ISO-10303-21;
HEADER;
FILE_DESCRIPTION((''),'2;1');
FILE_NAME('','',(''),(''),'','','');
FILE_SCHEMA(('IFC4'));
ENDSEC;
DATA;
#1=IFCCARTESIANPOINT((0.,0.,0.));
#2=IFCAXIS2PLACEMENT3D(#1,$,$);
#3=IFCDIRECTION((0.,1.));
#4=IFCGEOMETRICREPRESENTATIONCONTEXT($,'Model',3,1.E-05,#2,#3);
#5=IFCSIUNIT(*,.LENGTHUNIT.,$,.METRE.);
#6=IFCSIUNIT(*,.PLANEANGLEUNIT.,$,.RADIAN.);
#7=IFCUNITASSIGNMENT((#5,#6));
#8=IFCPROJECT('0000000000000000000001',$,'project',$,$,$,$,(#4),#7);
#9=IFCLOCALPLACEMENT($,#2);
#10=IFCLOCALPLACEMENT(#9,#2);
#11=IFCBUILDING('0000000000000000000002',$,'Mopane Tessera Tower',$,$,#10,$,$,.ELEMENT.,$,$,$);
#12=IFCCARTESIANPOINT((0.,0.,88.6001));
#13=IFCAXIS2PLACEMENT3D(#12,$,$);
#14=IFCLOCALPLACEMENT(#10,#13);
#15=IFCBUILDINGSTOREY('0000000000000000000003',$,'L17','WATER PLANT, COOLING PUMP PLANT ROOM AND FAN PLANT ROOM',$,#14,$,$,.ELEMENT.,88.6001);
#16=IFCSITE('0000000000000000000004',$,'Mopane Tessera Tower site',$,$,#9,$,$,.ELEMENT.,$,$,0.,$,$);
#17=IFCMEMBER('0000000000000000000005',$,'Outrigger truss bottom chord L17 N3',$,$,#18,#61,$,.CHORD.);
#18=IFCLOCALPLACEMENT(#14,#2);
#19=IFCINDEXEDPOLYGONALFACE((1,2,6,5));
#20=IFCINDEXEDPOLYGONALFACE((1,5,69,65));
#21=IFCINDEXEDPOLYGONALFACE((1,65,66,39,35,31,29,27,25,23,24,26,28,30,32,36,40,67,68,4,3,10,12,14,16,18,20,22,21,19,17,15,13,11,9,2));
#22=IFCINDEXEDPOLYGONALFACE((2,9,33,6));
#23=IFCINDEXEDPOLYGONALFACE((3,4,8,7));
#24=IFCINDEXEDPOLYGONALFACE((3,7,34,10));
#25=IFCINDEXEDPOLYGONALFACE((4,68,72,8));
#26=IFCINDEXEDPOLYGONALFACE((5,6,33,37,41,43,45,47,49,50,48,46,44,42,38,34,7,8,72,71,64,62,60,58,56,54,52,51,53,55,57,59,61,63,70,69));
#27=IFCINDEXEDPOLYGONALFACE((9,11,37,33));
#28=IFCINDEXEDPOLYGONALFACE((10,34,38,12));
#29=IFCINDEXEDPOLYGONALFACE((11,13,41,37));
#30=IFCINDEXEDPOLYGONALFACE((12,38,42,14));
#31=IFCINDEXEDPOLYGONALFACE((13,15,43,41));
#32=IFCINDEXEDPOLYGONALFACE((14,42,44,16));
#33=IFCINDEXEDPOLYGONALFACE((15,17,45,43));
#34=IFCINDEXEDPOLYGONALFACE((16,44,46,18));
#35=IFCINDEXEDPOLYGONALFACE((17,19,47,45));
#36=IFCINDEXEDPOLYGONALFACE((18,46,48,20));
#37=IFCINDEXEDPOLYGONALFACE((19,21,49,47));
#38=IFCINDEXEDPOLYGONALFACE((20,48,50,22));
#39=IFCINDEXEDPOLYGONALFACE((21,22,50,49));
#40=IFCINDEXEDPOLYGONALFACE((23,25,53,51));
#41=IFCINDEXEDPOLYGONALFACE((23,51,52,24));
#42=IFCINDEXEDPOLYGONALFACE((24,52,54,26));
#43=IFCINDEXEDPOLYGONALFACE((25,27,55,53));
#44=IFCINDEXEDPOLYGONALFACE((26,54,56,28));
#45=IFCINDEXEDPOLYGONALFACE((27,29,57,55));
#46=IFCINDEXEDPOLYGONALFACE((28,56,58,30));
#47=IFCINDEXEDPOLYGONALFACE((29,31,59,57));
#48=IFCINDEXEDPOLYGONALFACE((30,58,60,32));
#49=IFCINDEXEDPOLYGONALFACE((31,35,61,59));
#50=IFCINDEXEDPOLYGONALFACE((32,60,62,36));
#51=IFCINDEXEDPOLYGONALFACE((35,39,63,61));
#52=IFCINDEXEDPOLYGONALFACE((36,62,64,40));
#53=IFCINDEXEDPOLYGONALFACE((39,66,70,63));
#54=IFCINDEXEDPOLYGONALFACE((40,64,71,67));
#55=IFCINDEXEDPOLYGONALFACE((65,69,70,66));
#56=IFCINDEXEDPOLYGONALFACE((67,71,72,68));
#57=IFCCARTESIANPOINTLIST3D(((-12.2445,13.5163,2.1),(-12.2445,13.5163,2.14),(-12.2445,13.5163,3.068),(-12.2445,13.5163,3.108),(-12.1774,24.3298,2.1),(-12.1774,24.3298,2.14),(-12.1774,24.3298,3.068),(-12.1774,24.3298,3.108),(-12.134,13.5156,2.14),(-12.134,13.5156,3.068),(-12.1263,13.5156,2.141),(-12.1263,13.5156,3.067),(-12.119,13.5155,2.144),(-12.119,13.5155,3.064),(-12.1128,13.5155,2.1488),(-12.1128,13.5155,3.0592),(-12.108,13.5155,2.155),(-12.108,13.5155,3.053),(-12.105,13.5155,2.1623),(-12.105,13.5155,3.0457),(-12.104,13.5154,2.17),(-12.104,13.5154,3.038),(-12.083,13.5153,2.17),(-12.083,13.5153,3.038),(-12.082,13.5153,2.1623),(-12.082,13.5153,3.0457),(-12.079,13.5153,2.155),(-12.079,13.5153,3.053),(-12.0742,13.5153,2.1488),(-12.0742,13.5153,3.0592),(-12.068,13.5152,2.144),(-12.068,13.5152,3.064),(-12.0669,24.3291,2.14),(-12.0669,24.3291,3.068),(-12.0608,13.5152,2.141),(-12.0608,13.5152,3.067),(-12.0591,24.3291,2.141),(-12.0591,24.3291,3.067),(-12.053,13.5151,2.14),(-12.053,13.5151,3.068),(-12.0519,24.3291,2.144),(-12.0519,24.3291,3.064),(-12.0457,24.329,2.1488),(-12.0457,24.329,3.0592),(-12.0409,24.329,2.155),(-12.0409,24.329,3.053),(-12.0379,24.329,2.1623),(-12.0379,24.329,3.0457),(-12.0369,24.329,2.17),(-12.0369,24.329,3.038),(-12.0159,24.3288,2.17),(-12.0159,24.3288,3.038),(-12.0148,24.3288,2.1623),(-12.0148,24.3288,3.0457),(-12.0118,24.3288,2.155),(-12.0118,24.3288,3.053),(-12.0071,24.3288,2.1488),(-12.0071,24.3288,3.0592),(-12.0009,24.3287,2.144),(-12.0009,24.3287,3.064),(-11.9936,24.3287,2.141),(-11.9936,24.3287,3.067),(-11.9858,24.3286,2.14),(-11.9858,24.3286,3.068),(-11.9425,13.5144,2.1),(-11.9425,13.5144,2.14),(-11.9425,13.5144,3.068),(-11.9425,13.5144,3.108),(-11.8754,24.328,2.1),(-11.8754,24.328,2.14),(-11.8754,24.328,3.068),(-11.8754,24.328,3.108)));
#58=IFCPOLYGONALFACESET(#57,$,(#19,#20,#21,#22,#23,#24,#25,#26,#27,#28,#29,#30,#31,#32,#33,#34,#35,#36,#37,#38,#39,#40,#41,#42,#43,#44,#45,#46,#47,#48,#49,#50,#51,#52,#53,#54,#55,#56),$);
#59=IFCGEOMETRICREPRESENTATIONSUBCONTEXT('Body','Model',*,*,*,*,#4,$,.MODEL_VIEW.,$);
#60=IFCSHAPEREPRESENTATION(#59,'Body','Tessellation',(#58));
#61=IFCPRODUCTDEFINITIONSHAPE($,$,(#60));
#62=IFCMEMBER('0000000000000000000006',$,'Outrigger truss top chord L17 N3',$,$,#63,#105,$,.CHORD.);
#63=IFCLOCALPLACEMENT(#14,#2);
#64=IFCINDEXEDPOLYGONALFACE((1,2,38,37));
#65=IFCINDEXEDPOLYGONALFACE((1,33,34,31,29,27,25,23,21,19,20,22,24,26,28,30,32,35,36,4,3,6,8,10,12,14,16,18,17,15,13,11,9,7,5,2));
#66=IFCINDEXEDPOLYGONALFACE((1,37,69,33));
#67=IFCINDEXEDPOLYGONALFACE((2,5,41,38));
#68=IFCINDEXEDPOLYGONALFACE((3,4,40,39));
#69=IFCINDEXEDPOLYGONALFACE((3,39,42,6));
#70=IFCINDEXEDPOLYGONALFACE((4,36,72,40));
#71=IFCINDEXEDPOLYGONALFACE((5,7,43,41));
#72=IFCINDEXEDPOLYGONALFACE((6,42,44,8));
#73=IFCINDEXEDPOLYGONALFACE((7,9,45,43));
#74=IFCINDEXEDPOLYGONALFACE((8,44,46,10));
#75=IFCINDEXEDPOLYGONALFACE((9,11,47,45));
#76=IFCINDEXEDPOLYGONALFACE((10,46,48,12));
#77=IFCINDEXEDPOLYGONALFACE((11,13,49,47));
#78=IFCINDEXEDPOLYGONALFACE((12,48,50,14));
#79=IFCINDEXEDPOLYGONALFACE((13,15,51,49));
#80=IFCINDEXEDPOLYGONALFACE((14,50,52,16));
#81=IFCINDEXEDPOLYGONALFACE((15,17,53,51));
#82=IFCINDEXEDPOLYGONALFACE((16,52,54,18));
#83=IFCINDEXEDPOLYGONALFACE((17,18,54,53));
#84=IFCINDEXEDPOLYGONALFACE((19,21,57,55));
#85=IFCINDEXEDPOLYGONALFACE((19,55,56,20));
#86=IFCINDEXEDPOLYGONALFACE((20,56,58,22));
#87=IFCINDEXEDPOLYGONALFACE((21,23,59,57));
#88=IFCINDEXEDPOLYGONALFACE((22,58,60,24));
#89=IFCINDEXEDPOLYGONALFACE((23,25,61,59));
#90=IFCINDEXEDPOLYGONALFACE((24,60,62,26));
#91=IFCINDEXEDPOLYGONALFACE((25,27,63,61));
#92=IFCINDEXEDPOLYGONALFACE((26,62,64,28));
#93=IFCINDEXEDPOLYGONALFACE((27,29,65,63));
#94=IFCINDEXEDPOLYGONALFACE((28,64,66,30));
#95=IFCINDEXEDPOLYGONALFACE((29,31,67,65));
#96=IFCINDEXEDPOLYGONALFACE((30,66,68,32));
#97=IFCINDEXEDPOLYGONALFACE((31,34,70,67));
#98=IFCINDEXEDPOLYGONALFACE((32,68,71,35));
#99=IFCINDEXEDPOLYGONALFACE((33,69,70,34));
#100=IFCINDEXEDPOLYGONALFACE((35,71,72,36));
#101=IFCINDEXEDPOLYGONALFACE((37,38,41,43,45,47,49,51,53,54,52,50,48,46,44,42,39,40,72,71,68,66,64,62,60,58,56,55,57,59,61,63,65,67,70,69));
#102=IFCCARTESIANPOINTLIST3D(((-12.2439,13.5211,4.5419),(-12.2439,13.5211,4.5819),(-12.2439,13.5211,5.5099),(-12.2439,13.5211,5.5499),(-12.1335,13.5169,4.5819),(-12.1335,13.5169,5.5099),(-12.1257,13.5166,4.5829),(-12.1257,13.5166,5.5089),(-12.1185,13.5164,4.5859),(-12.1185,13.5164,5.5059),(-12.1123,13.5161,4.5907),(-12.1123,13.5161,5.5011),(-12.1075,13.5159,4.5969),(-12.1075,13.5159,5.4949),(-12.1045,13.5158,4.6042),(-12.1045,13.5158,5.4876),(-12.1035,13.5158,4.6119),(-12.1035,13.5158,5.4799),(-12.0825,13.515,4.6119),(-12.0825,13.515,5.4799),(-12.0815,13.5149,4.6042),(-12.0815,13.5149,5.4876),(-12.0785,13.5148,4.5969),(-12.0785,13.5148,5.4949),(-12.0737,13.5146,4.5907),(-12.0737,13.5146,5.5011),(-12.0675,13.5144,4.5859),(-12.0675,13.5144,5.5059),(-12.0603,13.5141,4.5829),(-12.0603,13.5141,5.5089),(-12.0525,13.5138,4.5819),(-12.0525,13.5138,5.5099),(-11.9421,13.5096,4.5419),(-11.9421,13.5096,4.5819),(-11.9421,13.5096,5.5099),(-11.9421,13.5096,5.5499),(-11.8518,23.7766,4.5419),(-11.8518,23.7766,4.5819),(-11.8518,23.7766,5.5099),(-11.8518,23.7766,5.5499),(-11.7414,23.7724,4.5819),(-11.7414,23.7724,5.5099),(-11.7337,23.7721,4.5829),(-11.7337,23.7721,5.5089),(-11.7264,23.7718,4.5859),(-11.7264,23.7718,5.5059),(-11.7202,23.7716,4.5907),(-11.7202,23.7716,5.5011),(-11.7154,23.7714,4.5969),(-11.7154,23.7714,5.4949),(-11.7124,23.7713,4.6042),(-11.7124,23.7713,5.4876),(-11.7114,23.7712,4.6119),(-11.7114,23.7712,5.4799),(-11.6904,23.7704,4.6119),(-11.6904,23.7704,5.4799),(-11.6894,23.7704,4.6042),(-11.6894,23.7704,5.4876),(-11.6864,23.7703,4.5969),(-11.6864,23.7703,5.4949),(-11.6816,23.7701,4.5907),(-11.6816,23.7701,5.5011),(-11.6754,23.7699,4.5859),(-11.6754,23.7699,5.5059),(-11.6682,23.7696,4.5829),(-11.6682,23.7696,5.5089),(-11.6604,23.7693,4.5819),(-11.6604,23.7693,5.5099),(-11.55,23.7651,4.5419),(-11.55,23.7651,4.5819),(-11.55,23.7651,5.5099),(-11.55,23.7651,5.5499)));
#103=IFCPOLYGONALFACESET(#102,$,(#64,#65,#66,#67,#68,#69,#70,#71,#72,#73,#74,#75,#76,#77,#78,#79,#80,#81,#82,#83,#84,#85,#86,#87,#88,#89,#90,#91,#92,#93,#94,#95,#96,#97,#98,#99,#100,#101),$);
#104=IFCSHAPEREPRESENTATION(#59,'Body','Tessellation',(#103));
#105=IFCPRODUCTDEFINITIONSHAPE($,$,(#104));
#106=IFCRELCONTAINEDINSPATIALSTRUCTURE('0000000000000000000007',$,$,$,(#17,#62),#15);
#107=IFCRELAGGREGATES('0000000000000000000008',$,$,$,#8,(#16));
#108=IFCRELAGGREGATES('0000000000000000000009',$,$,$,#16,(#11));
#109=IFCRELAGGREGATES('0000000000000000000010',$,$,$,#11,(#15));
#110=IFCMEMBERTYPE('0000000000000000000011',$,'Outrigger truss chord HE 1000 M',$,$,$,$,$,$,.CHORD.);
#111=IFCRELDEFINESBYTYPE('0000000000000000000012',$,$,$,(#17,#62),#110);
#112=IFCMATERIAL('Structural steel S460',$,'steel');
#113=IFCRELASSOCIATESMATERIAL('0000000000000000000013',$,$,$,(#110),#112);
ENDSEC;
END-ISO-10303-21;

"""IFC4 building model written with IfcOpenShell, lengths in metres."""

from ifc_helpers import new_model, si_unit, direction, frame, origin, origin_2d, place, context, subcontext, project, spatial, i_section, extrude, material, material_profile, profile_set, type_object, element, save


model = new_model("IFC4")

# Units and contexts
model_context = context("Model", 3, precision=1e-05, world=origin(), true_north=direction((0.0, 1.0)))
body_context = subcontext(model_context, "Body", "Model", "MODEL_VIEW")
ifc_project = project(units=[si_unit("LENGTHUNIT", "METRE"), si_unit("PLANEANGLEUNIT", "RADIAN")], contexts=[model_context])

# Site, building, storey
site_placement = place(None, origin())
site = spatial("IfcSite", under=ifc_project, at=site_placement, Name="Mopane Tessera Tower site", CompositionType="ELEMENT", RefElevation=0.0)
building_placement = place(site_placement, origin())
building = spatial("IfcBuilding", under=site, at=building_placement, Name="Mopane Tessera Tower", CompositionType="ELEMENT")
storey_placement = place(building_placement, frame((0.0, 0.0, 88.6001)))
storey = spatial("IfcBuildingStorey", under=building, at=storey_placement, Name="L17", Description="WATER PLANT, COOLING PUMP PLANT ROOM AND FAN PLANT ROOM", CompositionType="ELEMENT", Elevation=88.6001)

# Members
ifc_material_1 = material(Name="Structural steel S460", Category="steel")
ifc_material_profile = material_profile(ifc_material_1, i_section(OverallWidth=0.302, OverallDepth=1.0081, WebThickness=0.021, FlangeThickness=0.04, FilletRadius=0.03, at=origin_2d()))
ifc_profile_set = profile_set([ifc_material_profile], Name="Structural steel S460")
member_type = type_object("IfcMemberType", Name="Outrigger truss chord HE 1000 M", PredefinedType="CHORD", material=ifc_profile_set)
member_1_placement = place(storey_placement, frame((-12.0935, 13.5154, 2.604), z_axis=(0.006209, 0.999981, 0.0), x_axis=(-0.999981, 0.006209, 0.0)))
element("IfcMember", 1, at=member_1_placement, inside=storey, type_object=member_type, Name="Outrigger truss bottom chord L17 N3", PredefinedType="CHORD", context=body_context, shape_type="SweptSolid", body=[
    extrude(i_section(OverallWidth=0.302, OverallDepth=1.0081, WebThickness=0.021, FlangeThickness=0.04, FilletRadius=0.03, at=origin_2d()), origin(), (0.0, 0.0, 1.0), 10.8137),
])
member_2_placement = place(storey_placement, frame((-12.093, 13.5154, 5.0459), z_axis=(0.038205, 0.99927, 0.0), x_axis=(-0.99927, 0.038205, 0.0)))
element("IfcMember", 2, at=member_2_placement, inside=storey, type_object=member_type, Name="Outrigger truss top chord L17 N3", PredefinedType="CHORD", context=body_context, shape_type="SweptSolid", body=[
    extrude(i_section(OverallWidth=0.302, OverallDepth=1.0081, WebThickness=0.021, FlangeThickness=0.04, FilletRadius=0.03, at=origin_2d()), origin(), (0.0, 0.0, 1.0), 10.2629),
])

save(model, "model.ifc")
